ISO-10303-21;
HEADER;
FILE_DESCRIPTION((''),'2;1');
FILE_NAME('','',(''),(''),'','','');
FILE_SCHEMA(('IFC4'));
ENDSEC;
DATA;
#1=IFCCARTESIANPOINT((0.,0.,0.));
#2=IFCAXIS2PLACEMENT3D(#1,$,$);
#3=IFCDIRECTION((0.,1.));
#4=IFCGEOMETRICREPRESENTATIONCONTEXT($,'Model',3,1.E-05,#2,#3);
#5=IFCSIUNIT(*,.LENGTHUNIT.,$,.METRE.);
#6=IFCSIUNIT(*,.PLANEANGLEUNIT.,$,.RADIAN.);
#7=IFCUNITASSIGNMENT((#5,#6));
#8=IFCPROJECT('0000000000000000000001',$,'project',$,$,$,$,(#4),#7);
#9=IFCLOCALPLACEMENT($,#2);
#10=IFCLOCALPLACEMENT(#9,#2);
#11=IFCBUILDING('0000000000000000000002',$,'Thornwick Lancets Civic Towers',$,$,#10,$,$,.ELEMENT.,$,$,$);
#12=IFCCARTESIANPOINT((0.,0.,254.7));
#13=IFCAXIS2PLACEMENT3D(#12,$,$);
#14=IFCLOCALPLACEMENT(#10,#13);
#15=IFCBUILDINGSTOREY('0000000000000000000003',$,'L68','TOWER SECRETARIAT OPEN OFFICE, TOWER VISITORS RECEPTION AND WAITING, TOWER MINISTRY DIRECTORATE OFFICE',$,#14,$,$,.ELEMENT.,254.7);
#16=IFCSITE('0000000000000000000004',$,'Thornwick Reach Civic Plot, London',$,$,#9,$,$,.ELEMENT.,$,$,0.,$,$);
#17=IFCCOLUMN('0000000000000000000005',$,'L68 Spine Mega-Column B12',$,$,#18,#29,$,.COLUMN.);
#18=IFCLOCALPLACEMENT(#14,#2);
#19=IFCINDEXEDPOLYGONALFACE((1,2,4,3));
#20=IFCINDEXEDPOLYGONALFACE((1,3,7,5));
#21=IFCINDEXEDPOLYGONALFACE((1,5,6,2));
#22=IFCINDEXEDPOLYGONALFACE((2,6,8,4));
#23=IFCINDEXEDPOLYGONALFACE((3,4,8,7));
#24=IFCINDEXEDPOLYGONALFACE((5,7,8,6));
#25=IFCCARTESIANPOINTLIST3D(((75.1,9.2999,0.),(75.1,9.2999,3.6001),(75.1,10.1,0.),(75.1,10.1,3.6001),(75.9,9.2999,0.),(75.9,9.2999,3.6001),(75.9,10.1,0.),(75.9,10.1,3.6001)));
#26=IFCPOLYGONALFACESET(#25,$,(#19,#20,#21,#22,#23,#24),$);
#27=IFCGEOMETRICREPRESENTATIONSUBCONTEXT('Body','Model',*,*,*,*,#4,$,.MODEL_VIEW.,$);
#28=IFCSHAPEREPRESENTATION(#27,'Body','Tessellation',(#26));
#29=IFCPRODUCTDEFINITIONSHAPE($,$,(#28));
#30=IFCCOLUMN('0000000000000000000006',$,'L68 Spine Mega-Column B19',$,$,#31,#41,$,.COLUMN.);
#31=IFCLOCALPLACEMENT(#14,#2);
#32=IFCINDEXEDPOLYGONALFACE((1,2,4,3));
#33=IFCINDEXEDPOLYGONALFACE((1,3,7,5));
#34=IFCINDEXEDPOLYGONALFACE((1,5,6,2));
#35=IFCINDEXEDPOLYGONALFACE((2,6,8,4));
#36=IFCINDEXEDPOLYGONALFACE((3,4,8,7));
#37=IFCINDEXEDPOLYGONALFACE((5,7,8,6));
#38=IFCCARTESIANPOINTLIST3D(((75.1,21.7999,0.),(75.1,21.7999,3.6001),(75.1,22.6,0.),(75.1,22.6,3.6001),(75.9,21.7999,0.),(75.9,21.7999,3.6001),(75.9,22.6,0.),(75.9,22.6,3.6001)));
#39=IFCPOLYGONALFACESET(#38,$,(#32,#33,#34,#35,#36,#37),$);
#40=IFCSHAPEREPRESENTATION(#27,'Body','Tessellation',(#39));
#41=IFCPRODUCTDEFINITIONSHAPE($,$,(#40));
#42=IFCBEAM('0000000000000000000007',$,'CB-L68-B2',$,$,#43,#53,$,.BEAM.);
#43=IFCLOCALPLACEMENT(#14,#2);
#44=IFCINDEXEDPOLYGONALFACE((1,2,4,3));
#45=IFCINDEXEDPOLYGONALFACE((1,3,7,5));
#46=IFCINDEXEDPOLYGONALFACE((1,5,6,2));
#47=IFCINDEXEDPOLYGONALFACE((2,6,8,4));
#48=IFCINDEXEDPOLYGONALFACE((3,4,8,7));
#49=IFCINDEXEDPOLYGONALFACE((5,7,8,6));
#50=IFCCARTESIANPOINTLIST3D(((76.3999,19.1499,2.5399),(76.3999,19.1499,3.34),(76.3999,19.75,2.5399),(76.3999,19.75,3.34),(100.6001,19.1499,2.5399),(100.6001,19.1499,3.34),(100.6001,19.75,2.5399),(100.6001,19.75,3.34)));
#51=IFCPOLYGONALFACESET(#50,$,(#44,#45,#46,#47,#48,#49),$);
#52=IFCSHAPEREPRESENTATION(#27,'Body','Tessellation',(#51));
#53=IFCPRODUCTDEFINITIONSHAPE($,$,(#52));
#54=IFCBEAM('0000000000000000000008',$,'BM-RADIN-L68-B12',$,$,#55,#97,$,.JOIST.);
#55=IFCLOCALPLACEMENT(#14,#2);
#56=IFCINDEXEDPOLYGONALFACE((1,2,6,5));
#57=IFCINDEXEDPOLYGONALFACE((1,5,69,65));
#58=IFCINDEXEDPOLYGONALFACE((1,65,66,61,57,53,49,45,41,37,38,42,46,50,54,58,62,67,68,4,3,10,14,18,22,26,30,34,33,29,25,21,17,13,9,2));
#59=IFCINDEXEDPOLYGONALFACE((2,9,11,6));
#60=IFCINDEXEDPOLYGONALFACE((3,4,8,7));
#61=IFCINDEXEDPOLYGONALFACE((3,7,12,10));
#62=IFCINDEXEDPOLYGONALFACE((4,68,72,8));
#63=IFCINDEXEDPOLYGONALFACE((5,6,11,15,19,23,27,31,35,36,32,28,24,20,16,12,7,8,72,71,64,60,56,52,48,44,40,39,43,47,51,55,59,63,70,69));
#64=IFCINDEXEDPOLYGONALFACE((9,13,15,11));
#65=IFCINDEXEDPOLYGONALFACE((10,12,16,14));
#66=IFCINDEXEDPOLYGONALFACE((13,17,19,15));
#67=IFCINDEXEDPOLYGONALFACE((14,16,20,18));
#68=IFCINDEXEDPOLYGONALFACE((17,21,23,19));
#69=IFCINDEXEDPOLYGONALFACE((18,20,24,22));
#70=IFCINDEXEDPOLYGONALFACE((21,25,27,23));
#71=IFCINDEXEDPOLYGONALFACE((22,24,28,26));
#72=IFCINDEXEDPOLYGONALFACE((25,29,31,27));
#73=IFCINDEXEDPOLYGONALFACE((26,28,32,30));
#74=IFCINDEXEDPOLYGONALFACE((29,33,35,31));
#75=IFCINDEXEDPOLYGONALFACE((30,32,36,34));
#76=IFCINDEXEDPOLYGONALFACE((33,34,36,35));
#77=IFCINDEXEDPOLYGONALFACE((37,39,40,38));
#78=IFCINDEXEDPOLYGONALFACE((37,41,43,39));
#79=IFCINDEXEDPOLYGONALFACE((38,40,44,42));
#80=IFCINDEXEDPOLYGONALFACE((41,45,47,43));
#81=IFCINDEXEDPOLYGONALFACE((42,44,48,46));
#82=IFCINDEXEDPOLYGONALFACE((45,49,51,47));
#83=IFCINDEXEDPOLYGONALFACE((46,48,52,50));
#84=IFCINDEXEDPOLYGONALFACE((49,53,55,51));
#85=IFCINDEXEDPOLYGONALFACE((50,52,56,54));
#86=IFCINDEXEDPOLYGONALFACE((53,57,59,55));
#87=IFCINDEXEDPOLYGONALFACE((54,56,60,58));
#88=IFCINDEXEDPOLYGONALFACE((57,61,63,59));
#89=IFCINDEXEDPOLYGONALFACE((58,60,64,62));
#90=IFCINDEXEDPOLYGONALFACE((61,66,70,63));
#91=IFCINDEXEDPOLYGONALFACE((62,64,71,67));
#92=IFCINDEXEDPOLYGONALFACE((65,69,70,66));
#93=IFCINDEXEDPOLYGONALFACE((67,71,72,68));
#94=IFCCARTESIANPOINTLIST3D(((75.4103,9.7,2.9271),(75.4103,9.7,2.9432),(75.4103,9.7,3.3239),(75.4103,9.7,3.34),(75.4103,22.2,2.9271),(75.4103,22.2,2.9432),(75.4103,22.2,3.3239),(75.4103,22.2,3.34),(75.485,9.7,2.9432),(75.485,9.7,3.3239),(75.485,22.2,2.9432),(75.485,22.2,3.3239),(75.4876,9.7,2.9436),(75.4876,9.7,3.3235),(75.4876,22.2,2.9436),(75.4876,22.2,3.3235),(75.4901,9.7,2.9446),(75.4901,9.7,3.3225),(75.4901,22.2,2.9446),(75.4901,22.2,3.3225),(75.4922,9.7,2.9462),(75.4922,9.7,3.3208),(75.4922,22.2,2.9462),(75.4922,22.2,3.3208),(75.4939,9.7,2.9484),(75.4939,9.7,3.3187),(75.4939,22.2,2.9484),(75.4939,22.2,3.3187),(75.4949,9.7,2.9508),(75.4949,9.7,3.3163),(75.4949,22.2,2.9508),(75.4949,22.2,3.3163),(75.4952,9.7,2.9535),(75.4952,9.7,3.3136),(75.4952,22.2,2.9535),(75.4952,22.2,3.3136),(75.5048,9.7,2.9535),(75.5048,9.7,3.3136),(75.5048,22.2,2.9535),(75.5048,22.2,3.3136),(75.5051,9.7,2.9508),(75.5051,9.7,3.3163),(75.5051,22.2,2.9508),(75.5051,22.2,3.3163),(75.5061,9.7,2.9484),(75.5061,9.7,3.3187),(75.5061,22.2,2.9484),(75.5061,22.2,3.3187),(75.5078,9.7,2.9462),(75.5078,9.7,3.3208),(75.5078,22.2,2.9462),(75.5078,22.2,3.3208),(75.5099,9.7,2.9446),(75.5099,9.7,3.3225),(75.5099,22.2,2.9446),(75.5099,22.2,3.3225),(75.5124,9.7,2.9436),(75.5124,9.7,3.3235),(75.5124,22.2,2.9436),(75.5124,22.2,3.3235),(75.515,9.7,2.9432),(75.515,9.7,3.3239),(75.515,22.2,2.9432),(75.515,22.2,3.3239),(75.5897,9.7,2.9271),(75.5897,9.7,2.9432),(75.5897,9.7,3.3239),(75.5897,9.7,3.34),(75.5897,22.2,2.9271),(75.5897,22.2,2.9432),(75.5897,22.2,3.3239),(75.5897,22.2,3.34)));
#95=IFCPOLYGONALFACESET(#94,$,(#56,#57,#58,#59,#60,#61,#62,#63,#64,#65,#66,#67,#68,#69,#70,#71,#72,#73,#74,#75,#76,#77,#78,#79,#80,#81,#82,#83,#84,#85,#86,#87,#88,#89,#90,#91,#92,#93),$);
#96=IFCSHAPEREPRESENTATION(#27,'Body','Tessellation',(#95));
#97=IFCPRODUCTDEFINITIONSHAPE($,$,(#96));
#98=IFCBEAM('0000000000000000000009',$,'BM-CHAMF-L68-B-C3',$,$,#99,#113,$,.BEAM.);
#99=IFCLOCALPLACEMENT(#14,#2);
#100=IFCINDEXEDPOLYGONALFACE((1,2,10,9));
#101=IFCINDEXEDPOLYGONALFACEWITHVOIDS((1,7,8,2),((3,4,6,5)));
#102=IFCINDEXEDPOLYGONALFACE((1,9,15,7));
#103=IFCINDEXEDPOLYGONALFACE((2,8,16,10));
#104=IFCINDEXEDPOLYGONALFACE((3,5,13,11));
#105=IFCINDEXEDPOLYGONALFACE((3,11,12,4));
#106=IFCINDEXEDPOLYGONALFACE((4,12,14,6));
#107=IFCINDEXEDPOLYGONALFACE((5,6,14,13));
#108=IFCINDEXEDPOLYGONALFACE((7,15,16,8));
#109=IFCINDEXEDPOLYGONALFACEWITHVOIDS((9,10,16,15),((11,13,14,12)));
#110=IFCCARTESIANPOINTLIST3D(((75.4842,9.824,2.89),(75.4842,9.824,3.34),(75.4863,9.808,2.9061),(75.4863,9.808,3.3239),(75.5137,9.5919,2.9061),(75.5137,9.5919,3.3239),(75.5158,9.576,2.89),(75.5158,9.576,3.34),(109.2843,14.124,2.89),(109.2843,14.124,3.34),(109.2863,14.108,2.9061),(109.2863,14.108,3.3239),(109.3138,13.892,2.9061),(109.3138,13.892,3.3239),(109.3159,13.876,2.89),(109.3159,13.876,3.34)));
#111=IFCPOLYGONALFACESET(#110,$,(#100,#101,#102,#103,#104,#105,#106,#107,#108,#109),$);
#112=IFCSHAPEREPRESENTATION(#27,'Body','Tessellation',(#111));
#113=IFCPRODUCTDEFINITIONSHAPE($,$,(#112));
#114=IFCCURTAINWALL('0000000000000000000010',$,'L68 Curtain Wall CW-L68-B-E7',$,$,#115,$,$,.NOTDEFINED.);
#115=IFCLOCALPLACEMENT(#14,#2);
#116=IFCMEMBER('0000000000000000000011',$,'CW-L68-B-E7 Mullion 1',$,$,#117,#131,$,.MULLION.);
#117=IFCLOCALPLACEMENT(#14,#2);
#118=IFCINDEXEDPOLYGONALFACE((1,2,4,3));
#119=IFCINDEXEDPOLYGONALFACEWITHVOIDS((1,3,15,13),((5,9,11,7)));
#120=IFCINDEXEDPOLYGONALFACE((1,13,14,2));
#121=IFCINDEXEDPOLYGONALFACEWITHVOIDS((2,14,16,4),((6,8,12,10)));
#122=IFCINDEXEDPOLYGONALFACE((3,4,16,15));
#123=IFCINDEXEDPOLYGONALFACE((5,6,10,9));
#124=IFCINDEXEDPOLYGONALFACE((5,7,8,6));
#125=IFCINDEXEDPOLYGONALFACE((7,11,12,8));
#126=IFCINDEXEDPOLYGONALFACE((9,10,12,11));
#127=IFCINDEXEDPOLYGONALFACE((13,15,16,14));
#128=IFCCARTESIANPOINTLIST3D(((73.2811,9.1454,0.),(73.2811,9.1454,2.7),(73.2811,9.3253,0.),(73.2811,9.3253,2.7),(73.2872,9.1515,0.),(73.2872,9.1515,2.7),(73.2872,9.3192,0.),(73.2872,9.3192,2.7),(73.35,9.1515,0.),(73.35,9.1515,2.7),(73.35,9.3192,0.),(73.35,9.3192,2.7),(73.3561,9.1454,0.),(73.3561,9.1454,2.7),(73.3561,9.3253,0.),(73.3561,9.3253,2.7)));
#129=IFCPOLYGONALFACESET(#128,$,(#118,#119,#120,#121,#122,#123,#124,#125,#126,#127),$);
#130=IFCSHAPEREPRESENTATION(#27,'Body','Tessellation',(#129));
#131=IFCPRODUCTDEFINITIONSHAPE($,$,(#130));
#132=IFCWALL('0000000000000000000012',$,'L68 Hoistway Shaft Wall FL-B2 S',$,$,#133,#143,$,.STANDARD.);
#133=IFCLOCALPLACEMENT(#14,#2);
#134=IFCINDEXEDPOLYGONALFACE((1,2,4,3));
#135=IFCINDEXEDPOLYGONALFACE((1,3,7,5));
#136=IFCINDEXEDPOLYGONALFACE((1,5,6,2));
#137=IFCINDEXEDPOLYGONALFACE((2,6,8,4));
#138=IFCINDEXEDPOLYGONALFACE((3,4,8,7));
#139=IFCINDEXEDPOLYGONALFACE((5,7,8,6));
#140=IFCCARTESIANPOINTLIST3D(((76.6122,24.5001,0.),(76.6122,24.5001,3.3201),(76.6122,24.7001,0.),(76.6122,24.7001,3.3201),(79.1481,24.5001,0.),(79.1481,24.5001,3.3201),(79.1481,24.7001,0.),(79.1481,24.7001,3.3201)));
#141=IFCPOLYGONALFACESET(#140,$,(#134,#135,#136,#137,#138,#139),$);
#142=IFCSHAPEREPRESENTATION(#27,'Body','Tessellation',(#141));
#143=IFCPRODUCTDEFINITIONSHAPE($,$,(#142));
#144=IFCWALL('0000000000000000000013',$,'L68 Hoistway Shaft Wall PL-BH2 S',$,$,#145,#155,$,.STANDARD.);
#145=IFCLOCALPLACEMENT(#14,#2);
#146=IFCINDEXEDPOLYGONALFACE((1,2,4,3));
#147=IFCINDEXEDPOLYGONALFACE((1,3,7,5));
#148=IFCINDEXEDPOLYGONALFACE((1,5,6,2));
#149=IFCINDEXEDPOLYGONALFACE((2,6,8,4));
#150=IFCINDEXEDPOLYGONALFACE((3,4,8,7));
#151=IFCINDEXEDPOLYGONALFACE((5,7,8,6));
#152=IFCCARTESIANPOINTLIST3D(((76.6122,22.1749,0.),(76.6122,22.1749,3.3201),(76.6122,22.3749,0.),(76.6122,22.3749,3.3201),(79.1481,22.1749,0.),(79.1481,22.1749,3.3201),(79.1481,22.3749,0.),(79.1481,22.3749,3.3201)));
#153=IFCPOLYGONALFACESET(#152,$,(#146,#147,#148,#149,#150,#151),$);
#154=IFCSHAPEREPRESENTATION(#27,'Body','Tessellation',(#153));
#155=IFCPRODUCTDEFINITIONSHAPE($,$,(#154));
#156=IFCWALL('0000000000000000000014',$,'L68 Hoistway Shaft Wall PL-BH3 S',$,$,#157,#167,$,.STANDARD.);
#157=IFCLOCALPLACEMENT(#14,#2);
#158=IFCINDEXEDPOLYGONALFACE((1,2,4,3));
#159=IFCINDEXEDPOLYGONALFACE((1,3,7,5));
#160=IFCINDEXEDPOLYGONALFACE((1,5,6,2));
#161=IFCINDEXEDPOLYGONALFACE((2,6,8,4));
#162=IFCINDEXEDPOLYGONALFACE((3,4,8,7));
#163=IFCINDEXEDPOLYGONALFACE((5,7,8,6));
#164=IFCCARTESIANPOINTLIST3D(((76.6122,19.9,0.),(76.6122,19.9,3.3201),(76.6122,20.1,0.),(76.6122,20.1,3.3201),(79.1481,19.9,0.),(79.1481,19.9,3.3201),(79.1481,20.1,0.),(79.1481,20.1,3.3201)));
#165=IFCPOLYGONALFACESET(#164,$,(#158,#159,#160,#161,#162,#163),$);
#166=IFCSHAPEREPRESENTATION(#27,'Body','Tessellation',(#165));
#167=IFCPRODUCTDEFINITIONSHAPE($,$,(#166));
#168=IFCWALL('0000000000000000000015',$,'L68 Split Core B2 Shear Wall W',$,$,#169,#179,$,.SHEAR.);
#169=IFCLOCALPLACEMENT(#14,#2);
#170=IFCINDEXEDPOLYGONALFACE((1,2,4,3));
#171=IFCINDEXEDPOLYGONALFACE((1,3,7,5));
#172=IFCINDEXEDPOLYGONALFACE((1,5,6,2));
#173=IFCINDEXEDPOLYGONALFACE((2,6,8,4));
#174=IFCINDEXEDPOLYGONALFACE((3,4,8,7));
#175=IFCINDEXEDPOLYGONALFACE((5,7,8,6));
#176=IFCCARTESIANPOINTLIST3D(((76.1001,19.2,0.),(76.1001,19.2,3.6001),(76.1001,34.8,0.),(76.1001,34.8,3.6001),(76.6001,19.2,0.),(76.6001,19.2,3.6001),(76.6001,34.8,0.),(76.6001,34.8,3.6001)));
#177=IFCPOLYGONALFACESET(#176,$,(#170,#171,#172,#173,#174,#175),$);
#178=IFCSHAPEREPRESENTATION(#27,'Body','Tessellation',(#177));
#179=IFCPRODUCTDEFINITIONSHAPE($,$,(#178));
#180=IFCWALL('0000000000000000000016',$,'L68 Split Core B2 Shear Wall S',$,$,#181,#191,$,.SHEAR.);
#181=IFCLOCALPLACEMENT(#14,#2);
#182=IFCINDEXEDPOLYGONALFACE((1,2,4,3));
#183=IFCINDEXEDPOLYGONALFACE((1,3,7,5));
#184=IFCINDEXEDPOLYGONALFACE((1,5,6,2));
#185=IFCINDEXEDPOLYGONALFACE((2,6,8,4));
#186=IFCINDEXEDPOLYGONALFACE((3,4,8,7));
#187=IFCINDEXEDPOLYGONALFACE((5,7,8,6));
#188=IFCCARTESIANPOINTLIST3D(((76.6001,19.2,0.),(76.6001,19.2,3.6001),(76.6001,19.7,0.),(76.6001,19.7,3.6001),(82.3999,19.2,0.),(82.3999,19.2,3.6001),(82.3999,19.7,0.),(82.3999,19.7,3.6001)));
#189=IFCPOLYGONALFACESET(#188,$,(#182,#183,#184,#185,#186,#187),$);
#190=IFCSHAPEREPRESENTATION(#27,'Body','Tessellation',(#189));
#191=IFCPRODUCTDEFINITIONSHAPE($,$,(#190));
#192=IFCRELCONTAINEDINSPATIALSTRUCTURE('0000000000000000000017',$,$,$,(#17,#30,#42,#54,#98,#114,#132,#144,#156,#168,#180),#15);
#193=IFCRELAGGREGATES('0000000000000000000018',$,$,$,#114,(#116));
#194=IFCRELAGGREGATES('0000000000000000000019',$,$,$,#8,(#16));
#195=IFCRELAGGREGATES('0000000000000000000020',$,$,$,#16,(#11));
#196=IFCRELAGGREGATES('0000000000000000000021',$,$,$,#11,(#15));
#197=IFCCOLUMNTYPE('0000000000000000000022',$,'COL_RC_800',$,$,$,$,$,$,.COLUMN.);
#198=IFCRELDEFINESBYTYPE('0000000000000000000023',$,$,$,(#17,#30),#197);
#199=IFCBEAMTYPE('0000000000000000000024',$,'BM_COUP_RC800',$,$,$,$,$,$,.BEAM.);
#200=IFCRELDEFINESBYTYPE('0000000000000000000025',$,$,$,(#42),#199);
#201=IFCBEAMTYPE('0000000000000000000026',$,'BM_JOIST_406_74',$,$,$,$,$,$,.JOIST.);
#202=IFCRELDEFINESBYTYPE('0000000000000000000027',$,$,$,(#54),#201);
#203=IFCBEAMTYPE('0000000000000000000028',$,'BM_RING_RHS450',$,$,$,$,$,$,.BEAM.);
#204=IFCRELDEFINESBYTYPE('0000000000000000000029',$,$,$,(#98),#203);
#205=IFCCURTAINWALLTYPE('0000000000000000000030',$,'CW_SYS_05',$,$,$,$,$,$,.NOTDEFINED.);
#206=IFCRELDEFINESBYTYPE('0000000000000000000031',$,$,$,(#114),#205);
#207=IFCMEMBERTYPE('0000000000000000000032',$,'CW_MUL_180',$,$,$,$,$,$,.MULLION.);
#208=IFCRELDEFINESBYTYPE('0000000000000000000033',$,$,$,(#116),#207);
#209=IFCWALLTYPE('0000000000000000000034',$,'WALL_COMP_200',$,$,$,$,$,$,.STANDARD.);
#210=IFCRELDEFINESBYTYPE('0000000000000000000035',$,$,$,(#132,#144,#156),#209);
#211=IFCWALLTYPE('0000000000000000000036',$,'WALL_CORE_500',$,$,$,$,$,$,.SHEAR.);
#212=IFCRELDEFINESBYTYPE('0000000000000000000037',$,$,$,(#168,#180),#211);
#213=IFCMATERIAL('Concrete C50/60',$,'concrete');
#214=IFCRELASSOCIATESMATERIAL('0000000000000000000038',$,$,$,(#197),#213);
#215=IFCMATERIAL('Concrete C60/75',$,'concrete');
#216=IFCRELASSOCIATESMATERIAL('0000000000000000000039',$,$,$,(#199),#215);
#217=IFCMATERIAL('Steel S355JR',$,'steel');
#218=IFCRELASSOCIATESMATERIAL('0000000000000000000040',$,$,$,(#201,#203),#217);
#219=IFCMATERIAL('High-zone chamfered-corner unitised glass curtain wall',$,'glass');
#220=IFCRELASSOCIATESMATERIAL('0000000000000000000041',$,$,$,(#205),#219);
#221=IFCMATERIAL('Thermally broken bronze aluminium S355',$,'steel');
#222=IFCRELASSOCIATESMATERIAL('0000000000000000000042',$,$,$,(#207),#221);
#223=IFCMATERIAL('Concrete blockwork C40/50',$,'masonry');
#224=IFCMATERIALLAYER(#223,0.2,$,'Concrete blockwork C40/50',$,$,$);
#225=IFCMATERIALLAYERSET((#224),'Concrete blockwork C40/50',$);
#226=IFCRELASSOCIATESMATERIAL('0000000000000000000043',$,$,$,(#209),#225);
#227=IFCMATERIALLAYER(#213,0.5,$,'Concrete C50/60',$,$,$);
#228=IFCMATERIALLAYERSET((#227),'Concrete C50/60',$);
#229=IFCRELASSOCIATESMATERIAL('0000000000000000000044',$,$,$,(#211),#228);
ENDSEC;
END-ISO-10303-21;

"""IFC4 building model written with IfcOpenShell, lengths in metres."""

from ifc_helpers import new_model, si_unit, direction, frame, frame_2d, origin, origin_2d, place, context, subcontext, project, spatial, rectangle, hollow_rectangle, i_section, extrude, material, layer, layer_set, material_profile, profile_set, type_object, element, aggregate, save


model = new_model("IFC4")

# Units and contexts
model_context = context("Model", 3, precision=1e-05, world=origin(), true_north=direction((0.0, 1.0)))
body_context = subcontext(model_context, "Body", "Model", "MODEL_VIEW")
ifc_project = project(units=[si_unit("LENGTHUNIT", "METRE"), si_unit("PLANEANGLEUNIT", "RADIAN")], contexts=[model_context])

# Site, building, storey
site_placement = place(None, origin())
site = spatial("IfcSite", under=ifc_project, at=site_placement, Name="Thornwick Reach Civic Plot, London", CompositionType="ELEMENT", RefElevation=0.0)
building_placement = place(site_placement, origin())
building = spatial("IfcBuilding", under=site, at=building_placement, Name="Thornwick Lancets Civic Towers", CompositionType="ELEMENT")
storey_placement = place(building_placement, frame((0.0, 0.0, 254.7)))
storey = spatial("IfcBuildingStorey", under=building, at=storey_placement, Name="L68", Description="TOWER SECRETARIAT OPEN OFFICE, TOWER VISITORS RECEPTION AND WAITING, TOWER MINISTRY DIRECTORATE OFFICE", CompositionType="ELEMENT", Elevation=254.7)

# Columns
ifc_material_1 = material(Name="Concrete C50/60", Category="concrete")
ifc_material_profile_1 = material_profile(ifc_material_1, rectangle(XDim=0.8, YDim=0.8, at=origin_2d()), Name="RC 800x800")
ifc_profile_set_1 = profile_set([ifc_material_profile_1], Name="Concrete C50/60")
column_type = type_object("IfcColumnType", Name="COL_RC_800", PredefinedType="COLUMN", material=ifc_profile_set_1)
for number, where, z_axis, x_axis, name in (
    (1, (75.5, 9.7, 0.0), (0.0, 0.0, 1.0), (1.0, 0.0, 0.0), "L68 Spine Mega-Column B12"),
    (2, (75.5, 22.2, 0.0), (0.0, 0.0, 1.0), (1.0, 0.0, 0.0), "L68 Spine Mega-Column B19"),
):
    element("IfcColumn", number, at=place(storey_placement, frame(where, z_axis=z_axis, x_axis=x_axis)), inside=storey, type_object=column_type, Name=name, PredefinedType="COLUMN", context=body_context, shape_type="SweptSolid", body=[
        extrude(rectangle(XDim=0.8, YDim=0.8, at=origin_2d()), origin(), (0.0, 0.0, 1.0), 3.6001),
    ])

# Beams
ifc_material_2 = material(Name="Concrete C60/75", Category="concrete")
ifc_material_profile_2 = material_profile(ifc_material_2, rectangle(XDim=0.6001, YDim=0.8, at=origin_2d()), Name="RC 600x800")
ifc_profile_set_2 = profile_set([ifc_material_profile_2], Name="Concrete C60/75")
beam_type_1 = type_object("IfcBeamType", Name="BM_COUP_RC800", PredefinedType="BEAM", material=ifc_profile_set_2)
beam_1_placement = place(storey_placement, frame((76.3999, 19.45, 2.9399), z_axis=(1.0, 0.0, 0.0), x_axis=(0.0, 1.0, 0.0)))
element("IfcBeam", 3, at=beam_1_placement, inside=storey, type_object=beam_type_1, Name="CB-L68-B2", PredefinedType="BEAM", context=body_context, shape_type="SweptSolid", body=[
    extrude(rectangle(XDim=0.6001, YDim=0.8, at=origin_2d()), origin(), (0.0, 0.0, 1.0), 24.2002),
])
ifc_material_3 = material(Name="Steel S355JR", Category="steel")
ifc_material_profile_3 = material_profile(ifc_material_3, i_section(OverallWidth=0.1794, OverallDepth=0.4128, WebThickness=0.0095, FlangeThickness=0.0161, FilletRadius=0.0103, at=origin_2d()), Name="UKB 406x178x74")
ifc_profile_set_3 = profile_set([ifc_material_profile_3], Name="Steel S355JR")
beam_type_2 = type_object("IfcBeamType", Name="BM_JOIST_406_74", PredefinedType="JOIST", material=ifc_profile_set_3)
beam_2_placement = place(storey_placement, frame((75.5, 22.2, 3.1335), z_axis=(0.0, -1.0, 0.0), x_axis=(1.0, 0.0, 0.0)))
element("IfcBeam", 4, at=beam_2_placement, inside=storey, type_object=beam_type_2, Name="BM-RADIN-L68-B12", PredefinedType="JOIST", context=body_context, shape_type="SweptSolid", body=[
    extrude(i_section(OverallWidth=0.1794, OverallDepth=0.4128, WebThickness=0.0095, FlangeThickness=0.0161, FilletRadius=0.0103, at=origin_2d()), origin(), (0.0, 0.0, 1.0), 12.5),
])
ifc_material_profile_4 = material_profile(ifc_material_3, hollow_rectangle(XDim=0.25, YDim=0.45, WallThickness=0.0161, at=origin_2d()), Name="RHS 450x250x16")
ifc_profile_set_4 = profile_set([ifc_material_profile_4], Name="Steel S355JR")
beam_type_3 = type_object("IfcBeamType", Name="BM_RING_RHS450", PredefinedType="BEAM", material=ifc_profile_set_4)
beam_3_placement = place(storey_placement, frame((75.5, 9.7, 3.115), z_axis=(0.992004, 0.126203, 0.0), x_axis=(-0.126203, 0.992004, 0.0)))
element("IfcBeam", 5, at=beam_3_placement, inside=storey, type_object=beam_type_3, Name="BM-CHAMF-L68-B-C3", PredefinedType="BEAM", context=body_context, shape_type="SweptSolid", body=[
    extrude(hollow_rectangle(XDim=0.25, YDim=0.45, WallThickness=0.0161, at=origin_2d()), origin(), (0.0, 0.0, 1.0), 34.0725),
])

# Curtain wall, member
ifc_material_4 = material(Name="High-zone chamfered-corner unitised glass curtain wall", Category="glass")
curtain_wall_type = type_object("IfcCurtainWallType", Name="CW_SYS_05", PredefinedType="NOTDEFINED", material=ifc_material_4)
curtain_wall_placement = place(storey_placement, origin())
curtain_wall = element("IfcCurtainWall", 6, at=curtain_wall_placement, inside=storey, type_object=curtain_wall_type, Name="L68 Curtain Wall CW-L68-B-E7", PredefinedType="NOTDEFINED")
ifc_material_5 = material(Name="Thermally broken bronze aluminium S355", Category="steel")
ifc_material_profile_5 = material_profile(ifc_material_5, hollow_rectangle(XDim=0.075, YDim=0.1799, WallThickness=0.0061, at=origin_2d()), Name="RHS 180x75x6")
ifc_profile_set_5 = profile_set([ifc_material_profile_5], Name="Thermally broken bronze aluminium S355")
member_type = type_object("IfcMemberType", Name="CW_MUL_180", PredefinedType="MULLION", material=ifc_profile_set_5)
member_placement = place(storey_placement, frame((73.3186, 9.2354, 0.0), z_axis=(0.0, 0.0, 1.0), x_axis=(1.0, 0.0, 0.0)))
member = element("IfcMember", 7, at=member_placement, type_object=member_type, Name="CW-L68-B-E7 Mullion 1", PredefinedType="MULLION", context=body_context, shape_type="SweptSolid", body=[
    extrude(hollow_rectangle(XDim=0.075, YDim=0.1799, WallThickness=0.0061, at=origin_2d()), origin(), (0.0, 0.0, 1.0), 2.7),
])
aggregate(curtain_wall, [member])

# Walls
ifc_material_6 = material(Name="Concrete blockwork C40/50", Category="masonry")
ifc_layer_1 = layer(ifc_material_6, 0.2, Name="Concrete blockwork C40/50")
ifc_layer_set_1 = layer_set([ifc_layer_1], Name="Concrete blockwork C40/50")
wall_type_1 = type_object("IfcWallType", Name="WALL_COMP_200", PredefinedType="STANDARD", material=ifc_layer_set_1)
for number, where, z_axis, x_axis, name in (
    (8, (76.6121, 24.6001, 0.0), (0.0, 0.0, 1.0), (1.0, 0.0, 0.0), "L68 Hoistway Shaft Wall FL-B2 S"),
    (9, (76.6121, 22.2749, 0.0), (0.0, 0.0, 1.0), (1.0, 0.0, 0.0), "L68 Hoistway Shaft Wall PL-BH2 S"),
    (10, (76.6121, 20.0, 0.0), (0.0, 0.0, 1.0), (1.0, 0.0, 0.0), "L68 Hoistway Shaft Wall PL-BH3 S"),
):
    element("IfcWall", number, at=place(storey_placement, frame(where, z_axis=z_axis, x_axis=x_axis)), inside=storey, type_object=wall_type_1, Name=name, PredefinedType="STANDARD", context=body_context, shape_type="SweptSolid", body=[
        extrude(rectangle(XDim=2.5359, YDim=0.2, at=frame_2d((1.2681, 0.0))), origin(), (0.0, 0.0, 1.0), 3.3201),
    ])
ifc_layer_2 = layer(ifc_material_1, 0.5, Name="Concrete C50/60")
ifc_layer_set_2 = layer_set([ifc_layer_2], Name="Concrete C50/60")
wall_type_2 = type_object("IfcWallType", Name="WALL_CORE_500", PredefinedType="SHEAR", material=ifc_layer_set_2)
wall_1_placement = place(storey_placement, frame((76.3501, 19.2, 0.0), z_axis=(0.0, 0.0, 1.0), x_axis=(0.0, 1.0, 0.0)))
element("IfcWall", 11, at=wall_1_placement, inside=storey, type_object=wall_type_2, Name="L68 Split Core B2 Shear Wall W", PredefinedType="SHEAR", context=body_context, shape_type="SweptSolid", body=[
    extrude(rectangle(XDim=15.6001, YDim=0.5, at=frame_2d((7.8, 0.0))), origin(), (0.0, 0.0, 1.0), 3.6001),
])
wall_2_placement = place(storey_placement, frame((76.6001, 19.45, 0.0), z_axis=(0.0, 0.0, 1.0), x_axis=(1.0, 0.0, 0.0)))
element("IfcWall", 12, at=wall_2_placement, inside=storey, type_object=wall_type_2, Name="L68 Split Core B2 Shear Wall S", PredefinedType="SHEAR", context=body_context, shape_type="SweptSolid", body=[
    extrude(rectangle(XDim=5.7998, YDim=0.5, at=frame_2d((2.8999, 0.0))), origin(), (0.0, 0.0, 1.0), 3.6001),
])

save(model, "model.ifc")
